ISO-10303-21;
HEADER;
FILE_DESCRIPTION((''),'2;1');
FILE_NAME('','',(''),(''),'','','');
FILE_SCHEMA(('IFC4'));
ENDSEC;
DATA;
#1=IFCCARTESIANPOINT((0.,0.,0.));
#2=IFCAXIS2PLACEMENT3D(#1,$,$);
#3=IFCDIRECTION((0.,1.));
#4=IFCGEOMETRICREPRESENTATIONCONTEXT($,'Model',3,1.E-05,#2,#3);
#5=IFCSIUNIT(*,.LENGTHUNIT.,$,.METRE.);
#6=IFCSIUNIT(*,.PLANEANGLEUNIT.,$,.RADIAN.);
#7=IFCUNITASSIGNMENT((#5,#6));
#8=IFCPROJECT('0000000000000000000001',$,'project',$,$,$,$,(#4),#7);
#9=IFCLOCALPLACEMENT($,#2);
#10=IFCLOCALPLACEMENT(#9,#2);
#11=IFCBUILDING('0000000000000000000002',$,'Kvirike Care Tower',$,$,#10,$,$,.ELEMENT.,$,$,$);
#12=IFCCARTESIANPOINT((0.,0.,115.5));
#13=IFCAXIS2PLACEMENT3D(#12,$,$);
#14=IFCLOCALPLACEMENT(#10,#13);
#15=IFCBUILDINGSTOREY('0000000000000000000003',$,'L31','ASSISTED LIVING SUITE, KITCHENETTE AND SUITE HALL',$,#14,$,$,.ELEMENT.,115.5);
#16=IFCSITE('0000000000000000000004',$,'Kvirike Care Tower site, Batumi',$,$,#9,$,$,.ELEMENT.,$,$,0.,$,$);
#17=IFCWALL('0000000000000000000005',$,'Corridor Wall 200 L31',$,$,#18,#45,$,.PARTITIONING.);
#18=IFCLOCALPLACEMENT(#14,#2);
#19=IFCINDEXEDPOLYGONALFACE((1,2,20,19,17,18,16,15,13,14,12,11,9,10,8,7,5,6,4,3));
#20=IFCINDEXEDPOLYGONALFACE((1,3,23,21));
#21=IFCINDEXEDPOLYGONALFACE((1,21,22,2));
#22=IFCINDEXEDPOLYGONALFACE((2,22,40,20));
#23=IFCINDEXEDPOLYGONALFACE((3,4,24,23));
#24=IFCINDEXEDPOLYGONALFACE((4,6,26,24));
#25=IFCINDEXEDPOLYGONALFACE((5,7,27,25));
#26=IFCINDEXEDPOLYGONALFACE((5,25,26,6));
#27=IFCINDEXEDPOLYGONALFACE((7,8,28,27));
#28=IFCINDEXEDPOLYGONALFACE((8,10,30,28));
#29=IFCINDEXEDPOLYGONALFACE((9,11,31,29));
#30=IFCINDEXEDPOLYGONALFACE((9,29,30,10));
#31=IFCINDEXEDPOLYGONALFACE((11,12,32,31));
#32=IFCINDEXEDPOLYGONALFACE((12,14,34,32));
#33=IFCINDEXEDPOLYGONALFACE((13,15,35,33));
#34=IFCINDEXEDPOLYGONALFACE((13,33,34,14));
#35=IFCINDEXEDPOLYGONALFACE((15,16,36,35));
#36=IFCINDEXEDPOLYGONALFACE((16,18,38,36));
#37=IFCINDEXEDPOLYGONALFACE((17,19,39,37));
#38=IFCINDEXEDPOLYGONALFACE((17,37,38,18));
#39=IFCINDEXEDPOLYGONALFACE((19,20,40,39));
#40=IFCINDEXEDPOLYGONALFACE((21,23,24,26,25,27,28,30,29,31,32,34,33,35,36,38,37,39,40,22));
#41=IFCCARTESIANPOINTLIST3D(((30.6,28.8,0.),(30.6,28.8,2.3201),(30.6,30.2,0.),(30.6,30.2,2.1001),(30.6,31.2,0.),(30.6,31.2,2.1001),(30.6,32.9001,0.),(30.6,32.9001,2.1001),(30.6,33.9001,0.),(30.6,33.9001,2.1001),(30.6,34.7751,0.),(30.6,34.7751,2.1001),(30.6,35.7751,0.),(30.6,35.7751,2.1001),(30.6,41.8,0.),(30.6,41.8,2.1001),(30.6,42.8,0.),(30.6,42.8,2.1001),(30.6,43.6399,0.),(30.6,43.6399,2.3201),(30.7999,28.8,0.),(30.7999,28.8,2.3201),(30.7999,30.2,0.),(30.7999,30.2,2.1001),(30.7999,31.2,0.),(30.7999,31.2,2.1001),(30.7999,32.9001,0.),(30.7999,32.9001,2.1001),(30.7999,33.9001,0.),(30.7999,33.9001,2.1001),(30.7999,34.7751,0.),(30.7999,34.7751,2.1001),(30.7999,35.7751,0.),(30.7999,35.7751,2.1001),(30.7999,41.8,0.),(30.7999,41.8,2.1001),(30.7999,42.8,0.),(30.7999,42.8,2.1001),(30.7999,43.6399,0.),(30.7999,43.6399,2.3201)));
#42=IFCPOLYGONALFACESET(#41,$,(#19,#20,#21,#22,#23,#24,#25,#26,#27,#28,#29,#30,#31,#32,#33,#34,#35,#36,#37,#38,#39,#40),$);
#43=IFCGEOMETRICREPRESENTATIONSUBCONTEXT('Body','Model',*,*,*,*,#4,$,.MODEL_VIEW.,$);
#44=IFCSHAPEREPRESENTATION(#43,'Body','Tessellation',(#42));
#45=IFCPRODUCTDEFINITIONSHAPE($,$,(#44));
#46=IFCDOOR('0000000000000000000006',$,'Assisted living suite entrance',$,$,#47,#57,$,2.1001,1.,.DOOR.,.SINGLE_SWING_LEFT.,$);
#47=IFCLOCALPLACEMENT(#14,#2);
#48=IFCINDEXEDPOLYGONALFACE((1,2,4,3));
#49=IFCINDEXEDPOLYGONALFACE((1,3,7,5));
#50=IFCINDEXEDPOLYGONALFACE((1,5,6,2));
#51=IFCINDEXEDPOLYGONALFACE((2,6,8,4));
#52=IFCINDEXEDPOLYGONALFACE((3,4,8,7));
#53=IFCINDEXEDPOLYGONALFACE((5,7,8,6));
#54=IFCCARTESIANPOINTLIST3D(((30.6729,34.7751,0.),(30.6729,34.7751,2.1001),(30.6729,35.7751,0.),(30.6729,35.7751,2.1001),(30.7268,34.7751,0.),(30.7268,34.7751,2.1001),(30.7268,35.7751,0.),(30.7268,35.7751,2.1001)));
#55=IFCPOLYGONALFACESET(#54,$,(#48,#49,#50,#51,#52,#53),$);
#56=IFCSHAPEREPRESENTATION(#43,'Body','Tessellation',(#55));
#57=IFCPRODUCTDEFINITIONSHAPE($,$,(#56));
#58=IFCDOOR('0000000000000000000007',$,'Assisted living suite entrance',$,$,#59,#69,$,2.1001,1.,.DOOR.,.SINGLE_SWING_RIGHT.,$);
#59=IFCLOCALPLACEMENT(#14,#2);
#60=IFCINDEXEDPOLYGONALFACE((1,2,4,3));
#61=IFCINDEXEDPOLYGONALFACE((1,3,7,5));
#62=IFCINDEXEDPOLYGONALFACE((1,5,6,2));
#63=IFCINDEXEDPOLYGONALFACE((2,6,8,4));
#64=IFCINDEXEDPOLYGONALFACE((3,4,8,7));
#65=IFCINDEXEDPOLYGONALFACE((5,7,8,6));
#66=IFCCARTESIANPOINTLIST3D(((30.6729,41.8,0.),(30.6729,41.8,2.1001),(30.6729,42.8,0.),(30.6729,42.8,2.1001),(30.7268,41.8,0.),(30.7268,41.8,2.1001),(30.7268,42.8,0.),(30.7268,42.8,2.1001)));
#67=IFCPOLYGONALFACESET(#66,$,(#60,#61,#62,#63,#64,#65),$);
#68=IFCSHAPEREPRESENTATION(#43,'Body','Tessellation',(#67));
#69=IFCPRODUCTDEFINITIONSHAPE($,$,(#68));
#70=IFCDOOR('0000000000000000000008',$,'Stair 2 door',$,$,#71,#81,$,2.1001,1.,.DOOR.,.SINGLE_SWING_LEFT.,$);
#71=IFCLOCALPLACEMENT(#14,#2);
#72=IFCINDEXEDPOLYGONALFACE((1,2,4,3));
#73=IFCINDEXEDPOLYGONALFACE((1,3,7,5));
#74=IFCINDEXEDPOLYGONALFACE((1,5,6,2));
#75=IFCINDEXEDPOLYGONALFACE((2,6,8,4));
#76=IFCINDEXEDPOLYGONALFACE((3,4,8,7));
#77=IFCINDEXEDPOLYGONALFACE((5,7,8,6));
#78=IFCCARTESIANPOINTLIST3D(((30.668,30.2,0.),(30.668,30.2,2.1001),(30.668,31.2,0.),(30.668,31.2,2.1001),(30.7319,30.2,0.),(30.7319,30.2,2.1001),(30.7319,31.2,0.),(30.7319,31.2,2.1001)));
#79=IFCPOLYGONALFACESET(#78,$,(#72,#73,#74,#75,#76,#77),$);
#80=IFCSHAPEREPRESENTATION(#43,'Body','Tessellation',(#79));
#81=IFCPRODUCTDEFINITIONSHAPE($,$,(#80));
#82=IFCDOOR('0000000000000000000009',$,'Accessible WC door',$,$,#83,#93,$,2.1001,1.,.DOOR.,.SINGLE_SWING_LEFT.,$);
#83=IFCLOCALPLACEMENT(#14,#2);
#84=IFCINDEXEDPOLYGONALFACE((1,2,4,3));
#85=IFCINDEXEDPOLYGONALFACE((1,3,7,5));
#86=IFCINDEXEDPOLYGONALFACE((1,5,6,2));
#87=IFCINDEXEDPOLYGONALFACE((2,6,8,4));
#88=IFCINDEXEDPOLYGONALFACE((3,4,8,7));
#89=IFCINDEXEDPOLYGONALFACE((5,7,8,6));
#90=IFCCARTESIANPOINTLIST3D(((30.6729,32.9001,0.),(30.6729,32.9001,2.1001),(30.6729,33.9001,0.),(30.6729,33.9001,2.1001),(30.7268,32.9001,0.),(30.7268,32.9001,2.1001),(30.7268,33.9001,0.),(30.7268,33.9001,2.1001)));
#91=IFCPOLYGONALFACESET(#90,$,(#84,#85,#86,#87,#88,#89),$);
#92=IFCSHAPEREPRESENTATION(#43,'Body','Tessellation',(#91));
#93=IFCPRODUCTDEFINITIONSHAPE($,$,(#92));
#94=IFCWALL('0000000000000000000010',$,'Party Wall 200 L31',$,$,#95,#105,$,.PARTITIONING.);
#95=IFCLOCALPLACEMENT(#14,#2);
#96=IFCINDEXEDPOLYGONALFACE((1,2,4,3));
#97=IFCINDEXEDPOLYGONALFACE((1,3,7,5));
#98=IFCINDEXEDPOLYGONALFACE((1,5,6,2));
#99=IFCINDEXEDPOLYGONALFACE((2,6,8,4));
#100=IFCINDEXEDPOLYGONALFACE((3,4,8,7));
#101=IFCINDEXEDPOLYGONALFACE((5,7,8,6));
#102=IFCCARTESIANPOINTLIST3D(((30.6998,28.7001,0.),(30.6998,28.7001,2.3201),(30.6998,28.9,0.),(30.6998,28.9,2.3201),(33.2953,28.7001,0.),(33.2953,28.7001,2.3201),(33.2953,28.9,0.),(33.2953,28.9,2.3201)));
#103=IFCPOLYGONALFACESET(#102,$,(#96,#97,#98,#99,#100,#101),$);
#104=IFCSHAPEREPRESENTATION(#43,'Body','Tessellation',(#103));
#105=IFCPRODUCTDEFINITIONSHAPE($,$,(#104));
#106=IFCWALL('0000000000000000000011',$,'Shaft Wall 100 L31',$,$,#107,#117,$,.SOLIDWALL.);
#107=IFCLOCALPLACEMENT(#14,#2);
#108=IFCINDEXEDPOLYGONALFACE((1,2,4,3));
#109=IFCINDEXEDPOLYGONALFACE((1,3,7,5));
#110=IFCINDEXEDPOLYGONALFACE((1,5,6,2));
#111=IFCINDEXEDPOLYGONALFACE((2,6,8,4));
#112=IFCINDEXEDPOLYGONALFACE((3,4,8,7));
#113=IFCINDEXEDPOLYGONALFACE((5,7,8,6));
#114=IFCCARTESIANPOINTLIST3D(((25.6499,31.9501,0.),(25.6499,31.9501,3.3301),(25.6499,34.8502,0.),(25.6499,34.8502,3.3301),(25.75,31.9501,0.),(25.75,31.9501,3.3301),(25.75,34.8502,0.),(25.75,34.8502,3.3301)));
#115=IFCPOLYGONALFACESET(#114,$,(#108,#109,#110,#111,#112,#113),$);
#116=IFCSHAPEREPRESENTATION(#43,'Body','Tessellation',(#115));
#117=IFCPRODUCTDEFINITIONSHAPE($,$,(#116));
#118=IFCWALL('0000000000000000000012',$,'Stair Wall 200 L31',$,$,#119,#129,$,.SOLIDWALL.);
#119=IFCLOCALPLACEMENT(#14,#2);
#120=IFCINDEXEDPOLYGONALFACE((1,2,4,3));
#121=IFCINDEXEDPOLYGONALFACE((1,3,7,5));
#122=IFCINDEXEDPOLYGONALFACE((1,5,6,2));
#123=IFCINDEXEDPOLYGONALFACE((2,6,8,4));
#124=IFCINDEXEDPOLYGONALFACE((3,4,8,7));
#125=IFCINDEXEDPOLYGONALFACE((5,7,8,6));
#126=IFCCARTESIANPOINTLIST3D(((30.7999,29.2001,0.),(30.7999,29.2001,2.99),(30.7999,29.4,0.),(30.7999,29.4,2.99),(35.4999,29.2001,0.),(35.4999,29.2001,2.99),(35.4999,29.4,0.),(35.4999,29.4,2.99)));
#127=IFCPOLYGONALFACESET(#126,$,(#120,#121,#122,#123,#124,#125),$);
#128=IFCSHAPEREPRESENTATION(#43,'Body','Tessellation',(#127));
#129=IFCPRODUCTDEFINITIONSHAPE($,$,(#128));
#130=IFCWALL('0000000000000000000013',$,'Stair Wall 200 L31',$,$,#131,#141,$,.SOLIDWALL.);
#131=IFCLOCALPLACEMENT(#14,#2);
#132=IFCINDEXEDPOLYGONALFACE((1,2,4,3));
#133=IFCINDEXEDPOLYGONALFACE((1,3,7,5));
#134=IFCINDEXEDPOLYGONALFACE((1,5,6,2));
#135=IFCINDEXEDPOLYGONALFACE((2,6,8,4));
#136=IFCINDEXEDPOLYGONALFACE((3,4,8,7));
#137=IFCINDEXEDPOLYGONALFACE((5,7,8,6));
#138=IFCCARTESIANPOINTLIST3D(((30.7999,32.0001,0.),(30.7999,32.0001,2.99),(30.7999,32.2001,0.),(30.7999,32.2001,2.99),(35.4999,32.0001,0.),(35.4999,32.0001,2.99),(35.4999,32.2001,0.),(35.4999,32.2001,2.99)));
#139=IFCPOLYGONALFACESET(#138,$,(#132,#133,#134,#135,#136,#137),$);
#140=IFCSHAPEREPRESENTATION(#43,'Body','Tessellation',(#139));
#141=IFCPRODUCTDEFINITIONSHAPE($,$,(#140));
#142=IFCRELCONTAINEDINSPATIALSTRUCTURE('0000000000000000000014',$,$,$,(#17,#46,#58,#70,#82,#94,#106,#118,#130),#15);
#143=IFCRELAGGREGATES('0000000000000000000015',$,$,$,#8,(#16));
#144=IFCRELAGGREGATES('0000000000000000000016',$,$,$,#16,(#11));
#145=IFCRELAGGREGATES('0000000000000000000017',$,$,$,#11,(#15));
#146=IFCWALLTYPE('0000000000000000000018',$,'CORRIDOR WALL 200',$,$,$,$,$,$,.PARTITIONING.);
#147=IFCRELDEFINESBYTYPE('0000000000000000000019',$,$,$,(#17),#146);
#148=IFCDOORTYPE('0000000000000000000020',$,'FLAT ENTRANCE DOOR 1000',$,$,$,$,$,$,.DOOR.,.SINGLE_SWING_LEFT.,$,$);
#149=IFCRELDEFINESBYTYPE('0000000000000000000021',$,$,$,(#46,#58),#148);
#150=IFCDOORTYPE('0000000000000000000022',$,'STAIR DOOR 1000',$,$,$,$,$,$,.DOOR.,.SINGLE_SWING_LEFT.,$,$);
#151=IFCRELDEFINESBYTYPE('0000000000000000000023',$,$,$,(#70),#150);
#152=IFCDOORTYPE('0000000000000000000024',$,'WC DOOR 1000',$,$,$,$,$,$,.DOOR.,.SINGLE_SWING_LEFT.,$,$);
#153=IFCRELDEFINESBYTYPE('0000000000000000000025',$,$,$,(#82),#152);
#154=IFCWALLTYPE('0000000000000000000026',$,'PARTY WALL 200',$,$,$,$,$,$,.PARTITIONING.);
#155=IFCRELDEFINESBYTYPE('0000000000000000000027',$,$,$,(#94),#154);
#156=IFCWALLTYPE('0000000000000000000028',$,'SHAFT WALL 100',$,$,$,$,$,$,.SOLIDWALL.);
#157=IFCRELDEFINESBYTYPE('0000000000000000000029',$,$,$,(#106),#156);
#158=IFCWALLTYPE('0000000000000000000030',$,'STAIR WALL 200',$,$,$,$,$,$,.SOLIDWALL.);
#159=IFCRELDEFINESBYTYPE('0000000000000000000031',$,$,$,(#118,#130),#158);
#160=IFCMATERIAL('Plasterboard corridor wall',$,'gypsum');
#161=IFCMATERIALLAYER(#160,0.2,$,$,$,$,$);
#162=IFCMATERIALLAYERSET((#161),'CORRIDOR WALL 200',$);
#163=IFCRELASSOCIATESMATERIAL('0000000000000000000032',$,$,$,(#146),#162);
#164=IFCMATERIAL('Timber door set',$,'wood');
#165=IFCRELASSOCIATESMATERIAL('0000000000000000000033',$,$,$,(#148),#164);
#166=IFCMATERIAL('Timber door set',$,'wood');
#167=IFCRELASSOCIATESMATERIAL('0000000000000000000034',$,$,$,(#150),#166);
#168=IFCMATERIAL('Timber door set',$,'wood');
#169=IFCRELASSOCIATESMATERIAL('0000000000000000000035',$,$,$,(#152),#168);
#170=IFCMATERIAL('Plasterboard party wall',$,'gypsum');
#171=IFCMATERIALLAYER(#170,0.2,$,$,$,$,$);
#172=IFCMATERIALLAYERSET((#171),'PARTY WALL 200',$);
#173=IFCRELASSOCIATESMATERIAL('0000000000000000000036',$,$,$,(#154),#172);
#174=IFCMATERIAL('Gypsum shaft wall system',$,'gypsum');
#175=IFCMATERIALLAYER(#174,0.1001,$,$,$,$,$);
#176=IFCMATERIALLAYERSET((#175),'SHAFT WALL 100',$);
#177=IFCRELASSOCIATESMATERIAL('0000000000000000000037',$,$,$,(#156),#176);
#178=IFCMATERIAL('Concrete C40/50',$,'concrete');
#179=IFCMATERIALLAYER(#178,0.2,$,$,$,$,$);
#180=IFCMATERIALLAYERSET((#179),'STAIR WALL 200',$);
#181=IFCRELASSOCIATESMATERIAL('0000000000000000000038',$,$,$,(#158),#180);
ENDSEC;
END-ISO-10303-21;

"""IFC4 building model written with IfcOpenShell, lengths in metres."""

from ifc_helpers import new_model, si_unit, direction, frame, frame_2d, origin, place, context, subcontext, project, spatial, rectangle, extrude, material, layer, layer_set, type_object, element, fill, save


model = new_model("IFC4")

# Units and contexts
model_context = context("Model", 3, precision=1e-05, world=origin(), true_north=direction((0.0, 1.0)))
body_context = subcontext(model_context, "Body", "Model", "MODEL_VIEW")
ifc_project = project(units=[si_unit("LENGTHUNIT", "METRE"), si_unit("PLANEANGLEUNIT", "RADIAN")], contexts=[model_context])

# Site, building, storey
site_placement = place(None, origin())
site = spatial("IfcSite", under=ifc_project, at=site_placement, Name="Kvirike Care Tower site, Batumi", CompositionType="ELEMENT", RefElevation=0.0)
building_placement = place(site_placement, origin())
building = spatial("IfcBuilding", under=site, at=building_placement, Name="Kvirike Care Tower", CompositionType="ELEMENT")
storey_placement = place(building_placement, frame((0.0, 0.0, 115.5)))
storey = spatial("IfcBuildingStorey", under=building, at=storey_placement, Name="L31", Description="ASSISTED LIVING SUITE, KITCHENETTE AND SUITE HALL", CompositionType="ELEMENT", Elevation=115.5)

# Wall, openings, doors
ifc_material_1 = material(Name="Plasterboard corridor wall", Category="gypsum")
ifc_layer_1 = layer(ifc_material_1, 0.2)
ifc_layer_set_1 = layer_set([ifc_layer_1], Name="CORRIDOR WALL 200")
wall_type_1 = type_object("IfcWallType", Name="CORRIDOR WALL 200", PredefinedType="PARTITIONING", material=ifc_layer_set_1)
wall_1_placement = place(storey_placement, frame((30.7, 28.8, 0.0), z_axis=(0.0, 0.0, 1.0), x_axis=(0.0, 1.0, 0.0)))
wall_1 = element("IfcWall", 1, at=wall_1_placement, inside=storey, type_object=wall_type_1, Name="Corridor Wall 200 L31", PredefinedType="PARTITIONING", context=body_context, shape_type="SweptSolid", body=[
    extrude(rectangle(XDim=14.8398, YDim=0.2, at=frame_2d((7.4199, 0.0))), origin(), (0.0, 0.0, 1.0), 2.3201),
])
opening_1_placement = place(wall_1_placement, frame((1.3999, 0.0, 0.0)))
opening_1 = element("IfcOpeningElement", 2, at=opening_1_placement, cuts=wall_1, PredefinedType="OPENING", context=body_context, shape_type="SweptSolid", body=[
    extrude(rectangle(XDim=1.0, YDim=2.1001, at=frame_2d((0.5, 1.05))), frame((0.0, 0.1106, 0.0), z_axis=(0.0, -1.0, 0.0), x_axis=(1.0, 0.0, 0.0)), (0.0, 0.0, 1.0), 0.2209),
])
opening_2_placement = place(wall_1_placement, frame((4.1001, 0.0, 0.0)))
opening_2 = element("IfcOpeningElement", 3, at=opening_2_placement, cuts=wall_1, PredefinedType="OPENING", context=body_context, shape_type="SweptSolid", body=[
    extrude(rectangle(XDim=1.0, YDim=2.1001, at=frame_2d((0.5, 1.05))), frame((0.0, 0.1106, 0.0), z_axis=(0.0, -1.0, 0.0), x_axis=(1.0, 0.0, 0.0)), (0.0, 0.0, 1.0), 0.2209),
])
opening_3_placement = place(wall_1_placement, frame((5.9751, 0.0, 0.0)))
opening_3 = element("IfcOpeningElement", 4, at=opening_3_placement, cuts=wall_1, PredefinedType="OPENING", context=body_context, shape_type="SweptSolid", body=[
    extrude(rectangle(XDim=1.0, YDim=2.1001, at=frame_2d((0.5, 1.05))), frame((0.0, 0.1106, 0.0), z_axis=(0.0, -1.0, 0.0), x_axis=(1.0, 0.0, 0.0)), (0.0, 0.0, 1.0), 0.2209),
])
opening_4_placement = place(wall_1_placement, frame((13.0, 0.0, 0.0)))
opening_4 = element("IfcOpeningElement", 5, at=opening_4_placement, cuts=wall_1, PredefinedType="OPENING", context=body_context, shape_type="SweptSolid", body=[
    extrude(rectangle(XDim=1.0, YDim=2.1001, at=frame_2d((0.5, 1.05))), frame((0.0, 0.1106, 0.0), z_axis=(0.0, -1.0, 0.0), x_axis=(1.0, 0.0, 0.0)), (0.0, 0.0, 1.0), 0.2209),
])
ifc_material_2 = material(Name="Timber door set", Category="wood")
door_type_1 = type_object("IfcDoorType", Name="FLAT ENTRANCE DOOR 1000", OperationType="SINGLE_SWING_LEFT", PredefinedType="DOOR", material=ifc_material_2)
door_1_placement = place(opening_3_placement, frame((1.0, 0.0, 0.0), z_axis=(0.0, 0.0, 1.0), x_axis=(-1.0, 0.0, 0.0)))
door_1 = element("IfcDoor", 6, at=door_1_placement, inside=storey, type_object=door_type_1, Name="Assisted living suite entrance", OperationType="SINGLE_SWING_LEFT", OverallHeight=2.1001, OverallWidth=1.0, PredefinedType="DOOR", context=body_context, shape_type="SweptSolid", body=[
    extrude(rectangle(XDim=1.0, YDim=2.1001, at=frame_2d((0.5, 1.05))), frame((0.0, 0.0269, 0.0), z_axis=(0.0, -1.0, 0.0), x_axis=(1.0, 0.0, 0.0)), (0.0, 0.0, 1.0), 0.054),
])
fill(opening_3, door_1)
door_2_placement = place(opening_4_placement, frame((1.0, 0.0, 0.0), z_axis=(0.0, 0.0, 1.0), x_axis=(-1.0, 0.0, 0.0)))
door_2 = element("IfcDoor", 7, at=door_2_placement, inside=storey, type_object=door_type_1, Name="Assisted living suite entrance", OperationType="SINGLE_SWING_RIGHT", OverallHeight=2.1001, OverallWidth=1.0, PredefinedType="DOOR", context=body_context, shape_type="SweptSolid", body=[
    extrude(rectangle(XDim=1.0, YDim=2.1001, at=frame_2d((0.5, 1.05))), frame((0.0, 0.0269, 0.0), z_axis=(0.0, -1.0, 0.0), x_axis=(1.0, 0.0, 0.0)), (0.0, 0.0, 1.0), 0.054),
])
fill(opening_4, door_2)
ifc_material_3 = material(Name="Timber door set", Category="wood")
door_type_2 = type_object("IfcDoorType", Name="STAIR DOOR 1000", OperationType="SINGLE_SWING_LEFT", PredefinedType="DOOR", material=ifc_material_3)
door_3_placement = place(opening_1_placement, frame((1.0, 0.0, 0.0), z_axis=(0.0, 0.0, 1.0), x_axis=(-1.0, 0.0, 0.0)))
door_3 = element("IfcDoor", 8, at=door_3_placement, inside=storey, type_object=door_type_2, Name="Stair 2 door", OperationType="SINGLE_SWING_LEFT", OverallHeight=2.1001, OverallWidth=1.0, PredefinedType="DOOR", context=body_context, shape_type="SweptSolid", body=[
    extrude(rectangle(XDim=1.0, YDim=2.1001, at=frame_2d((0.5, 1.05))), frame((0.0, 0.032, 0.0), z_axis=(0.0, -1.0, 0.0), x_axis=(1.0, 0.0, 0.0)), (0.0, 0.0, 1.0), 0.064),
])
fill(opening_1, door_3)
ifc_material_4 = material(Name="Timber door set", Category="wood")
door_type_3 = type_object("IfcDoorType", Name="WC DOOR 1000", OperationType="SINGLE_SWING_LEFT", PredefinedType="DOOR", material=ifc_material_4)
door_4_placement = place(opening_2_placement, frame((1.0, 0.0, 0.0), z_axis=(0.0, 0.0, 1.0), x_axis=(-1.0, 0.0, 0.0)))
door_4 = element("IfcDoor", 9, at=door_4_placement, inside=storey, type_object=door_type_3, Name="Accessible WC door", OperationType="SINGLE_SWING_LEFT", OverallHeight=2.1001, OverallWidth=1.0, PredefinedType="DOOR", context=body_context, shape_type="SweptSolid", body=[
    extrude(rectangle(XDim=1.0, YDim=2.1001, at=frame_2d((0.5, 1.05))), frame((0.0, 0.0269, 0.0), z_axis=(0.0, -1.0, 0.0), x_axis=(1.0, 0.0, 0.0)), (0.0, 0.0, 1.0), 0.054),
])
fill(opening_2, door_4)

# Walls
ifc_material_5 = material(Name="Plasterboard party wall", Category="gypsum")
ifc_layer_2 = layer(ifc_material_5, 0.2)
ifc_layer_set_2 = layer_set([ifc_layer_2], Name="PARTY WALL 200")
wall_type_2 = type_object("IfcWallType", Name="PARTY WALL 200", PredefinedType="PARTITIONING", material=ifc_layer_set_2)
wall_2_placement = place(storey_placement, frame((33.2954, 28.8, 0.0), z_axis=(0.0, 0.0, 1.0), x_axis=(-1.0, 0.0, 0.0)))
element("IfcWall", 10, at=wall_2_placement, inside=storey, type_object=wall_type_2, Name="Party Wall 200 L31", PredefinedType="PARTITIONING", context=body_context, shape_type="SweptSolid", body=[
    extrude(rectangle(XDim=2.5955, YDim=0.2, at=frame_2d((1.2979, 0.0))), origin(), (0.0, 0.0, 1.0), 2.3201),
])
ifc_material_6 = material(Name="Gypsum shaft wall system", Category="gypsum")
ifc_layer_3 = layer(ifc_material_6, 0.1001)
ifc_layer_set_3 = layer_set([ifc_layer_3], Name="SHAFT WALL 100")
wall_type_3 = type_object("IfcWallType", Name="SHAFT WALL 100", PredefinedType="SOLIDWALL", material=ifc_layer_set_3)
wall_3_placement = place(storey_placement, frame((25.7, 31.95, 0.0), z_axis=(0.0, 0.0, 1.0), x_axis=(0.0, 1.0, 0.0)))
element("IfcWall", 11, at=wall_3_placement, inside=storey, type_object=wall_type_3, Name="Shaft Wall 100 L31", PredefinedType="SOLIDWALL", context=body_context, shape_type="SweptSolid", body=[
    extrude(rectangle(XDim=2.9001, YDim=0.1001, at=frame_2d((1.4502, 0.0))), origin(), (0.0, 0.0, 1.0), 3.3301),
])
ifc_material_7 = material(Name="Concrete C40/50", Category="concrete")
ifc_layer_4 = layer(ifc_material_7, 0.2)
ifc_layer_set_4 = layer_set([ifc_layer_4], Name="STAIR WALL 200")
wall_type_4 = type_object("IfcWallType", Name="STAIR WALL 200", PredefinedType="SOLIDWALL", material=ifc_layer_set_4)
for number, where, z_axis, x_axis, name in (
    (12, (35.5, 29.3, 0.0), (0.0, 0.0, 1.0), (-1.0, 0.0, 0.0), "Stair Wall 200 L31"),
    (13, (35.5, 32.1001, 0.0), (0.0, 0.0, 1.0), (-1.0, 0.0, 0.0), "Stair Wall 200 L31"),
):
    element("IfcWall", number, at=place(storey_placement, frame(where, z_axis=z_axis, x_axis=x_axis)), inside=storey, type_object=wall_type_4, Name=name, PredefinedType="SOLIDWALL", context=body_context, shape_type="SweptSolid", body=[
        extrude(rectangle(XDim=4.7, YDim=0.2, at=frame_2d((2.3501, 0.0))), origin(), (0.0, 0.0, 1.0), 2.99),
    ])

save(model, "model.ifc")
